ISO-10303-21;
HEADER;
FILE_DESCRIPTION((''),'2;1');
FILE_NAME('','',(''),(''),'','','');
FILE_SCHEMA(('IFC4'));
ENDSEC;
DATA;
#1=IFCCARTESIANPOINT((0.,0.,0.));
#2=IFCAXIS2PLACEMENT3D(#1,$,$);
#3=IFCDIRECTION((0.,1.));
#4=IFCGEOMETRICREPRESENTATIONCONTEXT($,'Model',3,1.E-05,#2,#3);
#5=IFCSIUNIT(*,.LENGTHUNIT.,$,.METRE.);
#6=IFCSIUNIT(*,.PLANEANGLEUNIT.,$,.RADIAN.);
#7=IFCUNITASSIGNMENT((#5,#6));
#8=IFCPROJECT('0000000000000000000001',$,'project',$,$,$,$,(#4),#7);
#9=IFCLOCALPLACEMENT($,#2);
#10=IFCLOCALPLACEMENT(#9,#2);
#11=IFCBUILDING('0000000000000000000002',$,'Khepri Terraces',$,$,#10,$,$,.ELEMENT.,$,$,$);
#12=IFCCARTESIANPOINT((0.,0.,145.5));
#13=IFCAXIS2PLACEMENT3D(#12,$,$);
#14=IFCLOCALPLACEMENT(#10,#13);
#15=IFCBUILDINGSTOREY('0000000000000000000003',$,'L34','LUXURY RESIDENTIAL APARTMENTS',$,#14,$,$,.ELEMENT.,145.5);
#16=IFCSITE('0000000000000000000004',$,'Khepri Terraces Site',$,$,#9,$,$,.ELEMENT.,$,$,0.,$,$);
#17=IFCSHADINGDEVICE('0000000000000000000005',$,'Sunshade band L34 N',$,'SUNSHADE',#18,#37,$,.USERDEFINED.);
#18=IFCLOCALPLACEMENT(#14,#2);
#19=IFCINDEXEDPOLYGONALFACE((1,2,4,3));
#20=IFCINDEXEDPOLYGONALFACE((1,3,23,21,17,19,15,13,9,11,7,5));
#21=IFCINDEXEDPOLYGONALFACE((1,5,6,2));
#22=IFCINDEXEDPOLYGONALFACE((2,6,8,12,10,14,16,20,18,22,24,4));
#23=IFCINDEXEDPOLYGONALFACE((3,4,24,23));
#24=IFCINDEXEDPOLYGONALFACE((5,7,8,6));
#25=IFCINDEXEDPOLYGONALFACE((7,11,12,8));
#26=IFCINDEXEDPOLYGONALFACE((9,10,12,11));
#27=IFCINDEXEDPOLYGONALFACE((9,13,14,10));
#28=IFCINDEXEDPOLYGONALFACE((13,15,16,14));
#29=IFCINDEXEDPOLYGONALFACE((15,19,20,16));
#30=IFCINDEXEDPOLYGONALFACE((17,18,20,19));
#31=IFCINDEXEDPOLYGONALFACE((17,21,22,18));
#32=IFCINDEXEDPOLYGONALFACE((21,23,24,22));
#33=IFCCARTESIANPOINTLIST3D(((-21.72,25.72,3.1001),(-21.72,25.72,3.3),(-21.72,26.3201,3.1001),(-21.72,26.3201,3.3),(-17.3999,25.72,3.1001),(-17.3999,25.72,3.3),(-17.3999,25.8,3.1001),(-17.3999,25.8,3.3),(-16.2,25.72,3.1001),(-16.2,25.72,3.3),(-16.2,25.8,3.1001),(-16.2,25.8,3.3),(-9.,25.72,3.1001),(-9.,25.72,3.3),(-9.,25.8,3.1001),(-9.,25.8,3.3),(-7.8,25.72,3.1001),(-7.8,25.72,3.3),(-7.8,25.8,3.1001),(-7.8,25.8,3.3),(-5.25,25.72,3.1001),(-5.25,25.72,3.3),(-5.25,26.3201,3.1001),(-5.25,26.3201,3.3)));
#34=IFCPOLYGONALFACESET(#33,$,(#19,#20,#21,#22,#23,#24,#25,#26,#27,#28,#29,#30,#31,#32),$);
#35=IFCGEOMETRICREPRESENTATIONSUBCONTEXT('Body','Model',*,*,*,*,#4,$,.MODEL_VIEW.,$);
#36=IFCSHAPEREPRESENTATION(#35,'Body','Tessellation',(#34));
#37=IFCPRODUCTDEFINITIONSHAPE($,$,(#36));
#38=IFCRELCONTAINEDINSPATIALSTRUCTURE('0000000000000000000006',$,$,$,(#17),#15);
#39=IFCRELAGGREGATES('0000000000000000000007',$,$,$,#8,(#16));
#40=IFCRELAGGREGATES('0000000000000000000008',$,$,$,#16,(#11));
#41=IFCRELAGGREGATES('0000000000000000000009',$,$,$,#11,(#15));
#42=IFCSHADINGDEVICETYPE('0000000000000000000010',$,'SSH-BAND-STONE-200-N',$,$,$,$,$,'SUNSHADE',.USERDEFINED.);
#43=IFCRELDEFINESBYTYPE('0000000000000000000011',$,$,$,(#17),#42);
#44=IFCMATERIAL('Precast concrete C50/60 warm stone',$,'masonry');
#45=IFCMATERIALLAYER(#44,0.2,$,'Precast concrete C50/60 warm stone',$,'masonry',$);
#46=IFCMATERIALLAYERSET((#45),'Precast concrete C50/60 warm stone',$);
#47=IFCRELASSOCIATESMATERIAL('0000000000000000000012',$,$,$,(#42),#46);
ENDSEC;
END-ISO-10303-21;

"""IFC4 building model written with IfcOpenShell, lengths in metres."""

from ifc_helpers import new_model, si_unit, direction, frame, origin, place, context, subcontext, project, spatial, polyline, outline, extrude, material, layer, layer_set, type_object, element, save


model = new_model("IFC4")

# Units and contexts
model_context = context("Model", 3, precision=1e-05, world=origin(), true_north=direction((0.0, 1.0)))
body_context = subcontext(model_context, "Body", "Model", "MODEL_VIEW")
ifc_project = project(units=[si_unit("LENGTHUNIT", "METRE"), si_unit("PLANEANGLEUNIT", "RADIAN")], contexts=[model_context])

# Site, building, storey
site_placement = place(None, origin())
site = spatial("IfcSite", under=ifc_project, at=site_placement, Name="Khepri Terraces Site", CompositionType="ELEMENT", RefElevation=0.0)
building_placement = place(site_placement, origin())
building = spatial("IfcBuilding", under=site, at=building_placement, Name="Khepri Terraces", CompositionType="ELEMENT")
storey_placement = place(building_placement, frame((0.0, 0.0, 145.5)))
storey = spatial("IfcBuildingStorey", under=building, at=storey_placement, Name="L34", Description="LUXURY RESIDENTIAL APARTMENTS", CompositionType="ELEMENT", Elevation=145.5)

# Shading device
ifc_material_1 = material(Name="Precast concrete C50/60 warm stone", Category="masonry")
ifc_layer_1 = layer(ifc_material_1, 0.2, Name="Precast concrete C50/60 warm stone", Category="masonry")
ifc_layer_set_1 = layer_set([ifc_layer_1], Name="Precast concrete C50/60 warm stone")
shading_device_type_1 = type_object("IfcShadingDeviceType", Name="SSH-BAND-STONE-200-N", ElementType="SUNSHADE", PredefinedType="USERDEFINED", material=ifc_layer_set_1)
shading_device_1_placement = place(storey_placement, frame((0.0, 0.0, 3.1001)))
element("IfcShadingDevice", 1, at=shading_device_1_placement, inside=storey, type_object=shading_device_type_1, Name="Sunshade band L34 N", ObjectType="SUNSHADE", PredefinedType="USERDEFINED", context=body_context, shape_type="SweptSolid", body=[
    extrude(outline(polyline([(-7.8, 25.72), (-5.25, 25.72), (-5.25, 26.3201), (-21.72, 26.3201), (-21.72, 25.72), (-17.3999, 25.72), (-17.3999, 25.8), (-16.2, 25.8), (-16.2, 25.72), (-9.0, 25.72), (-9.0, 25.8), (-7.8, 25.8), (-7.8, 25.72)])), origin(), (0.0, 0.0, 1.0), 0.2),
])

save(model, "model.ifc")
